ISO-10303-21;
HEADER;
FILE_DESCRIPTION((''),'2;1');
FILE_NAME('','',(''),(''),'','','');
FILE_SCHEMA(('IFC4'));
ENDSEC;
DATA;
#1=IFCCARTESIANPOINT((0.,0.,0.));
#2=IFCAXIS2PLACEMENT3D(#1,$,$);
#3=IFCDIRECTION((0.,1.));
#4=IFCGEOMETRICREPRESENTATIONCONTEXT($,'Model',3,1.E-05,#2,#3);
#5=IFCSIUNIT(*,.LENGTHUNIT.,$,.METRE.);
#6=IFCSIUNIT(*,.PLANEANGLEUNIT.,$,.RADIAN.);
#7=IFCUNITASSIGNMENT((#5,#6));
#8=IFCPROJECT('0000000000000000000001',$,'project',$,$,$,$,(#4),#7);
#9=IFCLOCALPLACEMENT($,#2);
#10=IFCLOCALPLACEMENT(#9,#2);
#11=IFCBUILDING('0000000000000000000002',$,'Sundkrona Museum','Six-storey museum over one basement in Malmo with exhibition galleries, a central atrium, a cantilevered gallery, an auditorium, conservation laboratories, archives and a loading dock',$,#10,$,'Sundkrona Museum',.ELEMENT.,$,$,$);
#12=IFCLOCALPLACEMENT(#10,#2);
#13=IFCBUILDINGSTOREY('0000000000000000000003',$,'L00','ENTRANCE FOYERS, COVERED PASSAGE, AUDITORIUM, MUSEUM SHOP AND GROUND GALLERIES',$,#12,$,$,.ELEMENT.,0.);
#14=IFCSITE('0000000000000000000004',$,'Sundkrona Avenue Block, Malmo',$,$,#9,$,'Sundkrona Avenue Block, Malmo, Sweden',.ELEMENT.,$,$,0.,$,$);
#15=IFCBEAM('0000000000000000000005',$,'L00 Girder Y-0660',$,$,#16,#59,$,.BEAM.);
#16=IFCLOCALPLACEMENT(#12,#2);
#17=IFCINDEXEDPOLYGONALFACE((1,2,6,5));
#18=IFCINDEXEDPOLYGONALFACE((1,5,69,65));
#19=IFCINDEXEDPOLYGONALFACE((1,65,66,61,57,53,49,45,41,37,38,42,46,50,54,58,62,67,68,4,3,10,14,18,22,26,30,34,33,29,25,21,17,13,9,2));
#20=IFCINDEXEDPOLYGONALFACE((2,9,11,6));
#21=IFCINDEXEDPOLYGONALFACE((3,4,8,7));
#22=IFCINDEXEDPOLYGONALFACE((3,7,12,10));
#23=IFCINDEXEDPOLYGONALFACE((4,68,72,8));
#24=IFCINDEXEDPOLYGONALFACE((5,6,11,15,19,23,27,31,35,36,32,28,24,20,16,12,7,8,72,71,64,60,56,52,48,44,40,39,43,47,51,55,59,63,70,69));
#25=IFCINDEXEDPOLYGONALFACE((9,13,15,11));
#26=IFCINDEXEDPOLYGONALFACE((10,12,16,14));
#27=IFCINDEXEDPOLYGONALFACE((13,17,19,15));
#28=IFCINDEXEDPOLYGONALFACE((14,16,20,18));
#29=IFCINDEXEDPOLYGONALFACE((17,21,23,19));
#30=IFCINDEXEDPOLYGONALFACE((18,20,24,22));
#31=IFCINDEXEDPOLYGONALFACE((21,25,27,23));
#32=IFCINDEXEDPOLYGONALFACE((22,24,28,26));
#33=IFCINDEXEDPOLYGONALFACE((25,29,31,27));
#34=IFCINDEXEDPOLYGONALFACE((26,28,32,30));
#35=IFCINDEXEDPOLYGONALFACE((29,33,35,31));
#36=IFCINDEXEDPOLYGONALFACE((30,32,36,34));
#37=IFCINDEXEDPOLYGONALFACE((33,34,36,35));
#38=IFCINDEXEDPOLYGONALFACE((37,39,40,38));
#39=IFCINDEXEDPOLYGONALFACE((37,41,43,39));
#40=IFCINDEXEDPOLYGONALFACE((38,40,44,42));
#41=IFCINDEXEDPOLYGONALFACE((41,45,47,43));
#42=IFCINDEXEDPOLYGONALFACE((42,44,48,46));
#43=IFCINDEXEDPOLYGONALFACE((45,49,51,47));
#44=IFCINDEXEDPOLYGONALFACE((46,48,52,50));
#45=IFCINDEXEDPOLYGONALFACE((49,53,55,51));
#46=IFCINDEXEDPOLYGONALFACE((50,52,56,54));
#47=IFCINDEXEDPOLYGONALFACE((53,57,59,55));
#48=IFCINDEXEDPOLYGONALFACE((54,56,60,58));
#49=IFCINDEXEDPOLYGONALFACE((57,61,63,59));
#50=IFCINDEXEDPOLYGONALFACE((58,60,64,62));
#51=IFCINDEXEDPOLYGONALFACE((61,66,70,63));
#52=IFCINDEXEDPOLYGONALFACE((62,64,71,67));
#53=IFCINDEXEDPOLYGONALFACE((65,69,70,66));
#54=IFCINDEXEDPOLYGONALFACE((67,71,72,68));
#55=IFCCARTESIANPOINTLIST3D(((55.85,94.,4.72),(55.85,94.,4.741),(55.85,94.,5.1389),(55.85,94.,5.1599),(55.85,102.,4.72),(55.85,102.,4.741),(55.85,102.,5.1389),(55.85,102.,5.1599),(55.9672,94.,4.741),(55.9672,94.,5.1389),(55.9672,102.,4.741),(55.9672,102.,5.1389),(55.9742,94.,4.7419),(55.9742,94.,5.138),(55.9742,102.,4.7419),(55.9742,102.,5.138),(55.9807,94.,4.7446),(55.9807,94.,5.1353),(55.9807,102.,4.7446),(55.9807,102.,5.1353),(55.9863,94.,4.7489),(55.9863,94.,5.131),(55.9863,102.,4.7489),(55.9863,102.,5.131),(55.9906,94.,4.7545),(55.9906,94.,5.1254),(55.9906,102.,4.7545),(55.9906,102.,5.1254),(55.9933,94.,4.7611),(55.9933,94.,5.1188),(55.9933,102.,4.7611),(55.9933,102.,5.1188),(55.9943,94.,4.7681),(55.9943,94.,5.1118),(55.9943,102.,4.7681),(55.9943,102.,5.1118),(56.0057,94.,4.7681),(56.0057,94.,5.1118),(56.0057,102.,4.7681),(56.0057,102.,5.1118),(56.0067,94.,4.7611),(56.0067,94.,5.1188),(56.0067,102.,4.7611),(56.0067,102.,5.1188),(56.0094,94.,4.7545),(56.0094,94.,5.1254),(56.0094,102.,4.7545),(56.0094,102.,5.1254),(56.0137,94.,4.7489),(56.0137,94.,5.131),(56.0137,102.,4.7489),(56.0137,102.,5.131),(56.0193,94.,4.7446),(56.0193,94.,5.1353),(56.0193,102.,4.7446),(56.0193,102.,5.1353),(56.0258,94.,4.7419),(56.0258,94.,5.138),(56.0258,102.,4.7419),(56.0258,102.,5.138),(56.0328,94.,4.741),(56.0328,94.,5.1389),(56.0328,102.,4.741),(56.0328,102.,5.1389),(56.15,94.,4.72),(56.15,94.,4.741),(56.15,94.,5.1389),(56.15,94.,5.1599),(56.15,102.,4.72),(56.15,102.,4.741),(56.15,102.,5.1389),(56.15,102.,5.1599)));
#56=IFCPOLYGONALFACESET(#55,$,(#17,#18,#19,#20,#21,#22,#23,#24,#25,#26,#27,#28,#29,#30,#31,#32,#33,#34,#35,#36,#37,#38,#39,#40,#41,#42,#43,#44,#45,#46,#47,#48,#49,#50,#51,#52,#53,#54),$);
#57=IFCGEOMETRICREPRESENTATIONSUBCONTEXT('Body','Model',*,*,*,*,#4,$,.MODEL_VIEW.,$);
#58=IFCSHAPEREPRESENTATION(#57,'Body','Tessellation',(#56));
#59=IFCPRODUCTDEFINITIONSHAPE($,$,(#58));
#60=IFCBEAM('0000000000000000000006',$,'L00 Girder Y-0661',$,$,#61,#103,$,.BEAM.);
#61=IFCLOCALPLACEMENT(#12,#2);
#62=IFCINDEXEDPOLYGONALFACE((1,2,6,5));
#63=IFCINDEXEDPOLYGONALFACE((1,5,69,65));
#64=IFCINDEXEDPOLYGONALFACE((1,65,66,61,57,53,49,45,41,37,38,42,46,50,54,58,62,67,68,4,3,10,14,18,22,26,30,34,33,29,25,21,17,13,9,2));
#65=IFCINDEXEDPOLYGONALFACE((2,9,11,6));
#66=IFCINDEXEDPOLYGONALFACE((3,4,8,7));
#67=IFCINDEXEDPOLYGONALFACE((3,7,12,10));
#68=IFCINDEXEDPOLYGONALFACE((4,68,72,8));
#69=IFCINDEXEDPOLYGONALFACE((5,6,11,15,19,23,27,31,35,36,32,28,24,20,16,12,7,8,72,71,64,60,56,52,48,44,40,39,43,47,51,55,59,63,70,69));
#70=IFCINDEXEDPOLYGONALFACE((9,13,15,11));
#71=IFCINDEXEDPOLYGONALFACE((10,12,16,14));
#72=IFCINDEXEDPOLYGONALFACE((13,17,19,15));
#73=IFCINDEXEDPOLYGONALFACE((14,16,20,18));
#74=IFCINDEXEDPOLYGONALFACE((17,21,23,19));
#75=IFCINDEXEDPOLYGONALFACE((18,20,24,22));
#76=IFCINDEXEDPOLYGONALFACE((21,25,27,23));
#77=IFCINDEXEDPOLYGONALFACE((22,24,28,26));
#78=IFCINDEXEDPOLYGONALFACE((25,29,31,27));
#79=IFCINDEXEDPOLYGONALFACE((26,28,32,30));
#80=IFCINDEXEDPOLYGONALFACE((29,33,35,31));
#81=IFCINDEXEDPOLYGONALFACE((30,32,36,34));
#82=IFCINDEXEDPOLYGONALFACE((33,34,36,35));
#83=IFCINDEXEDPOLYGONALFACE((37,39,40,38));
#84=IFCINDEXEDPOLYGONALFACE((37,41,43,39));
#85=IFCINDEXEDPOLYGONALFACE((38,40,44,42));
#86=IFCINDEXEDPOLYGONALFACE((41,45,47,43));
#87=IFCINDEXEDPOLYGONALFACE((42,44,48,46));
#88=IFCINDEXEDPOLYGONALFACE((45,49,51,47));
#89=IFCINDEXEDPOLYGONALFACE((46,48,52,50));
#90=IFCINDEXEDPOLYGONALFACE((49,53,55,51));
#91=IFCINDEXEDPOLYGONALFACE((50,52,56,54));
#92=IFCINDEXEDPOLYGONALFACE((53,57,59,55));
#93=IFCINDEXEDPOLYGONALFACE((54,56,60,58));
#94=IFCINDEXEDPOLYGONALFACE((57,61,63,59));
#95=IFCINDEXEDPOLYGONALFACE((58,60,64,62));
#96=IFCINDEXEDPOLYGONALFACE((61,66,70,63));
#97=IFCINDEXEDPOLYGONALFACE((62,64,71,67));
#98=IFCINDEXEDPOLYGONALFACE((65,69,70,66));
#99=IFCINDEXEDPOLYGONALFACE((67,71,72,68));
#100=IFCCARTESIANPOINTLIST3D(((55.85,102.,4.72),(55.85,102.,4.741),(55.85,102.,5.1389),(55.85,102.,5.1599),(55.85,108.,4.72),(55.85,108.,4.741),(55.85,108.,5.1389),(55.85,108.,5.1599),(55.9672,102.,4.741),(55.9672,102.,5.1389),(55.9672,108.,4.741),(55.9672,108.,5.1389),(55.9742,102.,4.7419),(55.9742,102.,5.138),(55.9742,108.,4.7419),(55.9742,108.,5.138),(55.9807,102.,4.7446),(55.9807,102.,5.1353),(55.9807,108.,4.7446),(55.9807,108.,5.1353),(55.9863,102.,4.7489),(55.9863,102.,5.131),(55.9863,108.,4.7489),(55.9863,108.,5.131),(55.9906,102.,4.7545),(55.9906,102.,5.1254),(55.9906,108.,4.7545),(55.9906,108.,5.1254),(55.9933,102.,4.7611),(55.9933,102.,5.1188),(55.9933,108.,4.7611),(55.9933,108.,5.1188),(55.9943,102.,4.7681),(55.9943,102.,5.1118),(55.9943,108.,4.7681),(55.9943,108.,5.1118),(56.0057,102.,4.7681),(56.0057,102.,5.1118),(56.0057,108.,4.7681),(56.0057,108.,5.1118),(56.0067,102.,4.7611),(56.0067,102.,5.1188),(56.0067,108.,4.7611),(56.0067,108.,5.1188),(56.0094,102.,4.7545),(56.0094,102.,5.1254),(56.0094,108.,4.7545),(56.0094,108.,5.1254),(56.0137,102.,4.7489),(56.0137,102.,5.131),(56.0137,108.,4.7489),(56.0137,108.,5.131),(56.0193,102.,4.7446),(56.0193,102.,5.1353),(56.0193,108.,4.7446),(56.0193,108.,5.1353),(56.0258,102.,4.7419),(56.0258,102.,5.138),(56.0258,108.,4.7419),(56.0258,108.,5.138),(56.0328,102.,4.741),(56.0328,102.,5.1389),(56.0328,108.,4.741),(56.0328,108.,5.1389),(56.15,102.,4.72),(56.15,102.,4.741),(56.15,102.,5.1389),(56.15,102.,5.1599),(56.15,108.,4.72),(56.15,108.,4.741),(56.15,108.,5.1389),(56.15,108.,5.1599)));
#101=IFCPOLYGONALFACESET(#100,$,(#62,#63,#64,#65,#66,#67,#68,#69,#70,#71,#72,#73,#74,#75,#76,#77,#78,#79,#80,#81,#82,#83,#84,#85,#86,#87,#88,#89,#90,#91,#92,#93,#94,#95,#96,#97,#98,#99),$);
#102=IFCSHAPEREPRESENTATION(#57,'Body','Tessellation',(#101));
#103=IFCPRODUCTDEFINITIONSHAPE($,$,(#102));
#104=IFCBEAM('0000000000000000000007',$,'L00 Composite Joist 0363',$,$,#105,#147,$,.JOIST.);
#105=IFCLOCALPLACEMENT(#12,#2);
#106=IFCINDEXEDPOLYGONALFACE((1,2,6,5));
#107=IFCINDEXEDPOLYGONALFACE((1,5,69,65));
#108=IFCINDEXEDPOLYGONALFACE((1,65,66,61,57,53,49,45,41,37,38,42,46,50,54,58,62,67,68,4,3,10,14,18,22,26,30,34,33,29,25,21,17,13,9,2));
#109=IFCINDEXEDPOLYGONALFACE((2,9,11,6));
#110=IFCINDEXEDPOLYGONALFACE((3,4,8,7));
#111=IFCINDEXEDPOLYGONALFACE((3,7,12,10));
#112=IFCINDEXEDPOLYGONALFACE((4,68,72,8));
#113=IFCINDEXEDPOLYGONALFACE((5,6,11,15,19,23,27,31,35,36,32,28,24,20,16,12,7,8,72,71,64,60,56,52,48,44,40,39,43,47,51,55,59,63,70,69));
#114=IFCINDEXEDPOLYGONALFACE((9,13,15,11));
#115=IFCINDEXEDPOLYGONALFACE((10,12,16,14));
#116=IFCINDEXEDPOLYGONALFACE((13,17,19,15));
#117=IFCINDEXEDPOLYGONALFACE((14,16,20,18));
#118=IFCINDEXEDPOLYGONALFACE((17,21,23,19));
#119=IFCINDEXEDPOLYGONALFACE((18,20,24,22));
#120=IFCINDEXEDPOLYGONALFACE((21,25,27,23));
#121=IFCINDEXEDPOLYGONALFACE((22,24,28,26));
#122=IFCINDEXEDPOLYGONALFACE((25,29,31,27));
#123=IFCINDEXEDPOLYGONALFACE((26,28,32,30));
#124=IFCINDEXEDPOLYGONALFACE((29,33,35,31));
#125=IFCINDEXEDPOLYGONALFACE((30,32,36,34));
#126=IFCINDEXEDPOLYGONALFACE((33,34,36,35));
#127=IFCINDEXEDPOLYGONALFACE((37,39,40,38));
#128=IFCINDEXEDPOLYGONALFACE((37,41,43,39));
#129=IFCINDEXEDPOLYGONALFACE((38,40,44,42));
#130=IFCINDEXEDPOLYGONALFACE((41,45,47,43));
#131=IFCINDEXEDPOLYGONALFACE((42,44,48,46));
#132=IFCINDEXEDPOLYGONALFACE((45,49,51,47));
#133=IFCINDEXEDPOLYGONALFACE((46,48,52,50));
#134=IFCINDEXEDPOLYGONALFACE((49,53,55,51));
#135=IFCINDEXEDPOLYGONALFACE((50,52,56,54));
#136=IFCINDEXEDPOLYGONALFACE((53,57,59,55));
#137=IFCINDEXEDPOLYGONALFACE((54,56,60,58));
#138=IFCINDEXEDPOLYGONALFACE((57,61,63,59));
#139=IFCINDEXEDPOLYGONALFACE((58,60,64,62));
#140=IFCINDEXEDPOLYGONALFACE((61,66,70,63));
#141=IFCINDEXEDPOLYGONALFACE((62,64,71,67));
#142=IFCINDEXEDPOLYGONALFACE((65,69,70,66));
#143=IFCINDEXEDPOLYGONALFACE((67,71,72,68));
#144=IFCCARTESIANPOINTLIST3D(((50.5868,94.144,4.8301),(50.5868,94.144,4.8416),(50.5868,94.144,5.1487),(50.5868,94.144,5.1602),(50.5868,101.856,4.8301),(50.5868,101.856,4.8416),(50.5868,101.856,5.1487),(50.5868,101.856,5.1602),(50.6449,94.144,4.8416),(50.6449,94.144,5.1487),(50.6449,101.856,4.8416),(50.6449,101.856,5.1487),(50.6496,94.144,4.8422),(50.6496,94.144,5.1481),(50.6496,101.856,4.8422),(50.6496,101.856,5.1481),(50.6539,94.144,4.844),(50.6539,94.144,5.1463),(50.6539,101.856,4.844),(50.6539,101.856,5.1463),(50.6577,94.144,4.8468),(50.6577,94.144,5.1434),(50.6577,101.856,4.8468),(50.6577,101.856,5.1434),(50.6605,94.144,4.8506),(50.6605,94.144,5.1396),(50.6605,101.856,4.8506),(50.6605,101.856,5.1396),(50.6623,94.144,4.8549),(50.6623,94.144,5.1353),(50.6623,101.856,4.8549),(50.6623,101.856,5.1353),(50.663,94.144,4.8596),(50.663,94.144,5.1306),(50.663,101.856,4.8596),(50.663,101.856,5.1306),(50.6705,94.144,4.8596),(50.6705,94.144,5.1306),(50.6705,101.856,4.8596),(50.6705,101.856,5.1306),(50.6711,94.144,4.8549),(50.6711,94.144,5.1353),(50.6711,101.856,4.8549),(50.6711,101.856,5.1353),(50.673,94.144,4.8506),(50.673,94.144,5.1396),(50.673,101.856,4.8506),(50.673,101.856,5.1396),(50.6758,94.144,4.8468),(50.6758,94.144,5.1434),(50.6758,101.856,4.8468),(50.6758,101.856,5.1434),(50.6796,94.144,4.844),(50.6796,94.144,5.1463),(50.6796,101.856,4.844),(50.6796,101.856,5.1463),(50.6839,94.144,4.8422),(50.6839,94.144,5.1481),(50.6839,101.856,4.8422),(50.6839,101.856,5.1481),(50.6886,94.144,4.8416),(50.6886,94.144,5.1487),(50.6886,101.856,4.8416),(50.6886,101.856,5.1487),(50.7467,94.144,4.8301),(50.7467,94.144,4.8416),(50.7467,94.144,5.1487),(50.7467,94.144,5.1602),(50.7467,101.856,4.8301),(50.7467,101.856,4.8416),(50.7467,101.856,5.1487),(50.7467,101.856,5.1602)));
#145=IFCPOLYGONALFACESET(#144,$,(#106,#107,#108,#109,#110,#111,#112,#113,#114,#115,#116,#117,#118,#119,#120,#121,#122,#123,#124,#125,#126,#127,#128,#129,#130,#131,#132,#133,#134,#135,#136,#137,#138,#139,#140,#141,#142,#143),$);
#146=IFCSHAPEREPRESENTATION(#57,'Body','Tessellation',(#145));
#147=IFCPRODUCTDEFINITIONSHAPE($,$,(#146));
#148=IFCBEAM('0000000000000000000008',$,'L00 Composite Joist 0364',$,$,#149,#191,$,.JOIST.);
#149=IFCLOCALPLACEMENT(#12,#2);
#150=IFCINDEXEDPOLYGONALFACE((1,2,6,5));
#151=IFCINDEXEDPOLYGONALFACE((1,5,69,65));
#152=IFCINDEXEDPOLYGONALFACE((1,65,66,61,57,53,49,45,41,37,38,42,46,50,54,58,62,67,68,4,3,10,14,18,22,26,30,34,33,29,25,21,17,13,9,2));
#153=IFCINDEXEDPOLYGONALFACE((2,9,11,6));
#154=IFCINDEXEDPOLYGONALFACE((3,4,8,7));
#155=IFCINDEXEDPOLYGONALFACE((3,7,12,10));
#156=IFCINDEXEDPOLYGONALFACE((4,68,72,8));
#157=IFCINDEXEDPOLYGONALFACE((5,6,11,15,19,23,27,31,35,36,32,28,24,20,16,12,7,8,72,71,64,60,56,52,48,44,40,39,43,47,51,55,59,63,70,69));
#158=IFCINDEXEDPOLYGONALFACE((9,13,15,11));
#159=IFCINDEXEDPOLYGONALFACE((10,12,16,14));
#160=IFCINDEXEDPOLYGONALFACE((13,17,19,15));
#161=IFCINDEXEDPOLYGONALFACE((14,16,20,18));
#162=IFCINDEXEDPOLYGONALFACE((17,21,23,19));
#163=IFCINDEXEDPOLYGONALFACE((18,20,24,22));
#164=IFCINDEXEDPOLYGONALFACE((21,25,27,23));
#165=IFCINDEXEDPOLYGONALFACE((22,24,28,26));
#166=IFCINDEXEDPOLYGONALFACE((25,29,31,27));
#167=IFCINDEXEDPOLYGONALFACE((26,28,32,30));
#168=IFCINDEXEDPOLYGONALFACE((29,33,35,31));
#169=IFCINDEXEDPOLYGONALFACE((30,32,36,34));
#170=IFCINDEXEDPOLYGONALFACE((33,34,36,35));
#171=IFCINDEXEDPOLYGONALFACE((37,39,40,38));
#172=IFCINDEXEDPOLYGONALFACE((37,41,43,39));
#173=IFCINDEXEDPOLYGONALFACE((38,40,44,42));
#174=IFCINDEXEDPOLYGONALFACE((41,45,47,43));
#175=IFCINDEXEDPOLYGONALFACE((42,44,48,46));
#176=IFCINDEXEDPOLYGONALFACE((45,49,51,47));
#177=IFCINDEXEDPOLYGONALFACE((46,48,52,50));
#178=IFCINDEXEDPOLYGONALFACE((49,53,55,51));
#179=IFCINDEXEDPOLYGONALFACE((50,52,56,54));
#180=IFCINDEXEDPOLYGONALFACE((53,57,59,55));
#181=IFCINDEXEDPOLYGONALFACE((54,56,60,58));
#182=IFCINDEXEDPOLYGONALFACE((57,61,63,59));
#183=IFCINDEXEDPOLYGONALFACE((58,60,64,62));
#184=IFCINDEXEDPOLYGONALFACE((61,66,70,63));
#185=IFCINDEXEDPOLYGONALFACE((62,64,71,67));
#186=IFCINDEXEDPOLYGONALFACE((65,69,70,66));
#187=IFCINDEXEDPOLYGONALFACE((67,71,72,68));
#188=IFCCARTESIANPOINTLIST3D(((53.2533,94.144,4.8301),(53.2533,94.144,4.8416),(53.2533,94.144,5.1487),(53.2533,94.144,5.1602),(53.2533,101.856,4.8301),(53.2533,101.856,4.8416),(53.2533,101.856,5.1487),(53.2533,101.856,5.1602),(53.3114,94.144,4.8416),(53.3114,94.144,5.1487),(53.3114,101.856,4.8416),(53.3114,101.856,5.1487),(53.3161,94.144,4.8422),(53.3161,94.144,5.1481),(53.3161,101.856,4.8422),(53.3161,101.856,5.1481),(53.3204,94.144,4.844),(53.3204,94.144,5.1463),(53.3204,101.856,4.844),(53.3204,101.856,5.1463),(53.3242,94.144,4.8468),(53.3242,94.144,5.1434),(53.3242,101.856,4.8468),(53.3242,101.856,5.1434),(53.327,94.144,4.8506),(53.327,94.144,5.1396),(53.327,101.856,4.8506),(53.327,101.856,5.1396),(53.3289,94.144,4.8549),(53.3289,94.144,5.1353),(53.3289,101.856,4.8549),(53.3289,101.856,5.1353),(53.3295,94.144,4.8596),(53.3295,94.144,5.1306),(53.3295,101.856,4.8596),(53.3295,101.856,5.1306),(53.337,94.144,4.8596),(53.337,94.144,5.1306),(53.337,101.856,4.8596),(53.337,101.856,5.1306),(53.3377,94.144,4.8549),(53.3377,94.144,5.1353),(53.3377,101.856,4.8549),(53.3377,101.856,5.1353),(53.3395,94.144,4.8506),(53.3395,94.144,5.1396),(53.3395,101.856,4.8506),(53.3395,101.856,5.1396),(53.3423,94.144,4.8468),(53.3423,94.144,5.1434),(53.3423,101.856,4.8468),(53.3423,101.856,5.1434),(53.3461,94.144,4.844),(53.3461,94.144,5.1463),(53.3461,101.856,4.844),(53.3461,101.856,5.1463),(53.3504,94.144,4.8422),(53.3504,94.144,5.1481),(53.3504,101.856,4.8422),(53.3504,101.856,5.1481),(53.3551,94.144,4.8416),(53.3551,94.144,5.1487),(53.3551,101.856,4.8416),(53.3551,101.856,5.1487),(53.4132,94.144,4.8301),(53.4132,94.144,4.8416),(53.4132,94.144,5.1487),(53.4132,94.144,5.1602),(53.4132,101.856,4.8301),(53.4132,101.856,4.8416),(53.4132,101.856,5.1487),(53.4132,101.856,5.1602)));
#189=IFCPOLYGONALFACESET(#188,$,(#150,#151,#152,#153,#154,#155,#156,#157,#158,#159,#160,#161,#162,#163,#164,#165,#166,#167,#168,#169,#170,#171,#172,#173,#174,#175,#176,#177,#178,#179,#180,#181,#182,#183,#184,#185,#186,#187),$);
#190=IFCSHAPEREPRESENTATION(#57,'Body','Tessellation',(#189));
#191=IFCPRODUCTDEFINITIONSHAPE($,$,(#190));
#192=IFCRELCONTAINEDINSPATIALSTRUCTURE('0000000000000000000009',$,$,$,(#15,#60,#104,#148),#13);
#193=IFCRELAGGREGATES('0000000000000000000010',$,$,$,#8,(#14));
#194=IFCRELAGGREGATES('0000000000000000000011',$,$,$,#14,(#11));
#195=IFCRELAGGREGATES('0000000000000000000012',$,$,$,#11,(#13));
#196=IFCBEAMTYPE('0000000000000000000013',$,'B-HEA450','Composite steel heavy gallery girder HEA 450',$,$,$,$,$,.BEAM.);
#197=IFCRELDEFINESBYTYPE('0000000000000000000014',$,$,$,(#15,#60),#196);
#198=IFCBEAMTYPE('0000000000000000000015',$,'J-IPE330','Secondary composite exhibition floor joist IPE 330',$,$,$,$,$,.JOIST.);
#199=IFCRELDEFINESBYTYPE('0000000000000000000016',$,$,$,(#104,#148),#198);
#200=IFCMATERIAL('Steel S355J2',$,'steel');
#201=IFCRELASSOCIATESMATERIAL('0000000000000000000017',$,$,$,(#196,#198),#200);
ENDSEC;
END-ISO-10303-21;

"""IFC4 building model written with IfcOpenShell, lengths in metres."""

from ifc_helpers import new_model, si_unit, direction, frame, origin, origin_2d, place, context, subcontext, project, spatial, i_section, extrude, material, material_profile, profile_set, type_object, element, save


model = new_model("IFC4")

# Units and contexts
model_context = context("Model", 3, precision=1e-05, world=origin(), true_north=direction((0.0, 1.0)))
body_context = subcontext(model_context, "Body", "Model", "MODEL_VIEW")
ifc_project = project(units=[si_unit("LENGTHUNIT", "METRE"), si_unit("PLANEANGLEUNIT", "RADIAN")], contexts=[model_context])

# Site, building, storey
site_placement = place(None, origin())
site = spatial("IfcSite", under=ifc_project, at=site_placement, Name="Sundkrona Avenue Block, Malmo", LongName="Sundkrona Avenue Block, Malmo, Sweden", CompositionType="ELEMENT", RefElevation=0.0)
building_placement = place(site_placement, origin())
building = spatial("IfcBuilding", under=site, at=building_placement, Name="Sundkrona Museum", Description="Six-storey museum over one basement in Malmo with exhibition galleries, a central atrium, a cantilevered gallery, an auditorium, conservation laboratories, archives and a loading dock", LongName="Sundkrona Museum", CompositionType="ELEMENT")
storey_placement = place(building_placement, origin())
storey = spatial("IfcBuildingStorey", under=building, at=storey_placement, Name="L00", Description="ENTRANCE FOYERS, COVERED PASSAGE, AUDITORIUM, MUSEUM SHOP AND GROUND GALLERIES", CompositionType="ELEMENT", Elevation=0.0)

# Shared definitions
ifc_material_1 = material(Name="Steel S355J2", Category="steel")

# Beams
ifc_material_profile_1 = material_profile(ifc_material_1, i_section(OverallWidth=0.3, OverallDepth=0.4399, WebThickness=0.0115, FlangeThickness=0.021, FilletRadius=0.0271, at=origin_2d()), Name="HEA 450")
ifc_profile_set_1 = profile_set([ifc_material_profile_1], Name="Steel S355J2")
beam_type_1 = type_object("IfcBeamType", Name="B-HEA450", Description="Composite steel heavy gallery girder HEA 450", PredefinedType="BEAM", material=ifc_profile_set_1)
beam_1_placement = place(storey_placement, frame((56.0, 94.0, 4.9399), z_axis=(0.0, 1.0, 0.0), x_axis=(-1.0, 0.0, 0.0)))
element("IfcBeam", 1, at=beam_1_placement, inside=storey, type_object=beam_type_1, Name="L00 Girder Y-0660", PredefinedType="BEAM", context=body_context, shape_type="SweptSolid", body=[
    extrude(i_section(OverallWidth=0.3, OverallDepth=0.4399, WebThickness=0.0115, FlangeThickness=0.021, FilletRadius=0.0271, at=origin_2d()), origin(), (0.0, 0.0, 1.0), 8.0),
])
beam_2_placement = place(storey_placement, frame((56.0, 102.0, 4.9399), z_axis=(0.0, 1.0, 0.0), x_axis=(-1.0, 0.0, 0.0)))
element("IfcBeam", 2, at=beam_2_placement, inside=storey, type_object=beam_type_1, Name="L00 Girder Y-0661", PredefinedType="BEAM", context=body_context, shape_type="SweptSolid", body=[
    extrude(i_section(OverallWidth=0.3, OverallDepth=0.4399, WebThickness=0.0115, FlangeThickness=0.021, FilletRadius=0.0271, at=origin_2d()), origin(), (0.0, 0.0, 1.0), 6.0),
])
ifc_material_profile_2 = material_profile(ifc_material_1, i_section(OverallWidth=0.1599, OverallDepth=0.3301, WebThickness=0.0076, FlangeThickness=0.0115, FilletRadius=0.0181, at=origin_2d()), Name="IPE 330")
ifc_profile_set_2 = profile_set([ifc_material_profile_2], Name="Steel S355J2")
beam_type_2 = type_object("IfcBeamType", Name="J-IPE330", Description="Secondary composite exhibition floor joist IPE 330", PredefinedType="JOIST", material=ifc_profile_set_2)
for number, where, z_axis, x_axis, name in (
    (3, (50.6667, 94.144, 4.9951), (0.0, 1.0, 0.0), (-1.0, 0.0, 0.0), "L00 Composite Joist 0363"),
    (4, (53.3333, 94.144, 4.9951), (0.0, 1.0, 0.0), (-1.0, 0.0, 0.0), "L00 Composite Joist 0364"),
):
    element("IfcBeam", number, at=place(storey_placement, frame(where, z_axis=z_axis, x_axis=x_axis)), inside=storey, type_object=beam_type_2, Name=name, PredefinedType="JOIST", context=body_context, shape_type="SweptSolid", body=[
        extrude(i_section(OverallWidth=0.1599, OverallDepth=0.3301, WebThickness=0.0076, FlangeThickness=0.0115, FilletRadius=0.0181, at=origin_2d()), origin(), (0.0, 0.0, 1.0), 7.7119),
    ])

save(model, "model.ifc")
